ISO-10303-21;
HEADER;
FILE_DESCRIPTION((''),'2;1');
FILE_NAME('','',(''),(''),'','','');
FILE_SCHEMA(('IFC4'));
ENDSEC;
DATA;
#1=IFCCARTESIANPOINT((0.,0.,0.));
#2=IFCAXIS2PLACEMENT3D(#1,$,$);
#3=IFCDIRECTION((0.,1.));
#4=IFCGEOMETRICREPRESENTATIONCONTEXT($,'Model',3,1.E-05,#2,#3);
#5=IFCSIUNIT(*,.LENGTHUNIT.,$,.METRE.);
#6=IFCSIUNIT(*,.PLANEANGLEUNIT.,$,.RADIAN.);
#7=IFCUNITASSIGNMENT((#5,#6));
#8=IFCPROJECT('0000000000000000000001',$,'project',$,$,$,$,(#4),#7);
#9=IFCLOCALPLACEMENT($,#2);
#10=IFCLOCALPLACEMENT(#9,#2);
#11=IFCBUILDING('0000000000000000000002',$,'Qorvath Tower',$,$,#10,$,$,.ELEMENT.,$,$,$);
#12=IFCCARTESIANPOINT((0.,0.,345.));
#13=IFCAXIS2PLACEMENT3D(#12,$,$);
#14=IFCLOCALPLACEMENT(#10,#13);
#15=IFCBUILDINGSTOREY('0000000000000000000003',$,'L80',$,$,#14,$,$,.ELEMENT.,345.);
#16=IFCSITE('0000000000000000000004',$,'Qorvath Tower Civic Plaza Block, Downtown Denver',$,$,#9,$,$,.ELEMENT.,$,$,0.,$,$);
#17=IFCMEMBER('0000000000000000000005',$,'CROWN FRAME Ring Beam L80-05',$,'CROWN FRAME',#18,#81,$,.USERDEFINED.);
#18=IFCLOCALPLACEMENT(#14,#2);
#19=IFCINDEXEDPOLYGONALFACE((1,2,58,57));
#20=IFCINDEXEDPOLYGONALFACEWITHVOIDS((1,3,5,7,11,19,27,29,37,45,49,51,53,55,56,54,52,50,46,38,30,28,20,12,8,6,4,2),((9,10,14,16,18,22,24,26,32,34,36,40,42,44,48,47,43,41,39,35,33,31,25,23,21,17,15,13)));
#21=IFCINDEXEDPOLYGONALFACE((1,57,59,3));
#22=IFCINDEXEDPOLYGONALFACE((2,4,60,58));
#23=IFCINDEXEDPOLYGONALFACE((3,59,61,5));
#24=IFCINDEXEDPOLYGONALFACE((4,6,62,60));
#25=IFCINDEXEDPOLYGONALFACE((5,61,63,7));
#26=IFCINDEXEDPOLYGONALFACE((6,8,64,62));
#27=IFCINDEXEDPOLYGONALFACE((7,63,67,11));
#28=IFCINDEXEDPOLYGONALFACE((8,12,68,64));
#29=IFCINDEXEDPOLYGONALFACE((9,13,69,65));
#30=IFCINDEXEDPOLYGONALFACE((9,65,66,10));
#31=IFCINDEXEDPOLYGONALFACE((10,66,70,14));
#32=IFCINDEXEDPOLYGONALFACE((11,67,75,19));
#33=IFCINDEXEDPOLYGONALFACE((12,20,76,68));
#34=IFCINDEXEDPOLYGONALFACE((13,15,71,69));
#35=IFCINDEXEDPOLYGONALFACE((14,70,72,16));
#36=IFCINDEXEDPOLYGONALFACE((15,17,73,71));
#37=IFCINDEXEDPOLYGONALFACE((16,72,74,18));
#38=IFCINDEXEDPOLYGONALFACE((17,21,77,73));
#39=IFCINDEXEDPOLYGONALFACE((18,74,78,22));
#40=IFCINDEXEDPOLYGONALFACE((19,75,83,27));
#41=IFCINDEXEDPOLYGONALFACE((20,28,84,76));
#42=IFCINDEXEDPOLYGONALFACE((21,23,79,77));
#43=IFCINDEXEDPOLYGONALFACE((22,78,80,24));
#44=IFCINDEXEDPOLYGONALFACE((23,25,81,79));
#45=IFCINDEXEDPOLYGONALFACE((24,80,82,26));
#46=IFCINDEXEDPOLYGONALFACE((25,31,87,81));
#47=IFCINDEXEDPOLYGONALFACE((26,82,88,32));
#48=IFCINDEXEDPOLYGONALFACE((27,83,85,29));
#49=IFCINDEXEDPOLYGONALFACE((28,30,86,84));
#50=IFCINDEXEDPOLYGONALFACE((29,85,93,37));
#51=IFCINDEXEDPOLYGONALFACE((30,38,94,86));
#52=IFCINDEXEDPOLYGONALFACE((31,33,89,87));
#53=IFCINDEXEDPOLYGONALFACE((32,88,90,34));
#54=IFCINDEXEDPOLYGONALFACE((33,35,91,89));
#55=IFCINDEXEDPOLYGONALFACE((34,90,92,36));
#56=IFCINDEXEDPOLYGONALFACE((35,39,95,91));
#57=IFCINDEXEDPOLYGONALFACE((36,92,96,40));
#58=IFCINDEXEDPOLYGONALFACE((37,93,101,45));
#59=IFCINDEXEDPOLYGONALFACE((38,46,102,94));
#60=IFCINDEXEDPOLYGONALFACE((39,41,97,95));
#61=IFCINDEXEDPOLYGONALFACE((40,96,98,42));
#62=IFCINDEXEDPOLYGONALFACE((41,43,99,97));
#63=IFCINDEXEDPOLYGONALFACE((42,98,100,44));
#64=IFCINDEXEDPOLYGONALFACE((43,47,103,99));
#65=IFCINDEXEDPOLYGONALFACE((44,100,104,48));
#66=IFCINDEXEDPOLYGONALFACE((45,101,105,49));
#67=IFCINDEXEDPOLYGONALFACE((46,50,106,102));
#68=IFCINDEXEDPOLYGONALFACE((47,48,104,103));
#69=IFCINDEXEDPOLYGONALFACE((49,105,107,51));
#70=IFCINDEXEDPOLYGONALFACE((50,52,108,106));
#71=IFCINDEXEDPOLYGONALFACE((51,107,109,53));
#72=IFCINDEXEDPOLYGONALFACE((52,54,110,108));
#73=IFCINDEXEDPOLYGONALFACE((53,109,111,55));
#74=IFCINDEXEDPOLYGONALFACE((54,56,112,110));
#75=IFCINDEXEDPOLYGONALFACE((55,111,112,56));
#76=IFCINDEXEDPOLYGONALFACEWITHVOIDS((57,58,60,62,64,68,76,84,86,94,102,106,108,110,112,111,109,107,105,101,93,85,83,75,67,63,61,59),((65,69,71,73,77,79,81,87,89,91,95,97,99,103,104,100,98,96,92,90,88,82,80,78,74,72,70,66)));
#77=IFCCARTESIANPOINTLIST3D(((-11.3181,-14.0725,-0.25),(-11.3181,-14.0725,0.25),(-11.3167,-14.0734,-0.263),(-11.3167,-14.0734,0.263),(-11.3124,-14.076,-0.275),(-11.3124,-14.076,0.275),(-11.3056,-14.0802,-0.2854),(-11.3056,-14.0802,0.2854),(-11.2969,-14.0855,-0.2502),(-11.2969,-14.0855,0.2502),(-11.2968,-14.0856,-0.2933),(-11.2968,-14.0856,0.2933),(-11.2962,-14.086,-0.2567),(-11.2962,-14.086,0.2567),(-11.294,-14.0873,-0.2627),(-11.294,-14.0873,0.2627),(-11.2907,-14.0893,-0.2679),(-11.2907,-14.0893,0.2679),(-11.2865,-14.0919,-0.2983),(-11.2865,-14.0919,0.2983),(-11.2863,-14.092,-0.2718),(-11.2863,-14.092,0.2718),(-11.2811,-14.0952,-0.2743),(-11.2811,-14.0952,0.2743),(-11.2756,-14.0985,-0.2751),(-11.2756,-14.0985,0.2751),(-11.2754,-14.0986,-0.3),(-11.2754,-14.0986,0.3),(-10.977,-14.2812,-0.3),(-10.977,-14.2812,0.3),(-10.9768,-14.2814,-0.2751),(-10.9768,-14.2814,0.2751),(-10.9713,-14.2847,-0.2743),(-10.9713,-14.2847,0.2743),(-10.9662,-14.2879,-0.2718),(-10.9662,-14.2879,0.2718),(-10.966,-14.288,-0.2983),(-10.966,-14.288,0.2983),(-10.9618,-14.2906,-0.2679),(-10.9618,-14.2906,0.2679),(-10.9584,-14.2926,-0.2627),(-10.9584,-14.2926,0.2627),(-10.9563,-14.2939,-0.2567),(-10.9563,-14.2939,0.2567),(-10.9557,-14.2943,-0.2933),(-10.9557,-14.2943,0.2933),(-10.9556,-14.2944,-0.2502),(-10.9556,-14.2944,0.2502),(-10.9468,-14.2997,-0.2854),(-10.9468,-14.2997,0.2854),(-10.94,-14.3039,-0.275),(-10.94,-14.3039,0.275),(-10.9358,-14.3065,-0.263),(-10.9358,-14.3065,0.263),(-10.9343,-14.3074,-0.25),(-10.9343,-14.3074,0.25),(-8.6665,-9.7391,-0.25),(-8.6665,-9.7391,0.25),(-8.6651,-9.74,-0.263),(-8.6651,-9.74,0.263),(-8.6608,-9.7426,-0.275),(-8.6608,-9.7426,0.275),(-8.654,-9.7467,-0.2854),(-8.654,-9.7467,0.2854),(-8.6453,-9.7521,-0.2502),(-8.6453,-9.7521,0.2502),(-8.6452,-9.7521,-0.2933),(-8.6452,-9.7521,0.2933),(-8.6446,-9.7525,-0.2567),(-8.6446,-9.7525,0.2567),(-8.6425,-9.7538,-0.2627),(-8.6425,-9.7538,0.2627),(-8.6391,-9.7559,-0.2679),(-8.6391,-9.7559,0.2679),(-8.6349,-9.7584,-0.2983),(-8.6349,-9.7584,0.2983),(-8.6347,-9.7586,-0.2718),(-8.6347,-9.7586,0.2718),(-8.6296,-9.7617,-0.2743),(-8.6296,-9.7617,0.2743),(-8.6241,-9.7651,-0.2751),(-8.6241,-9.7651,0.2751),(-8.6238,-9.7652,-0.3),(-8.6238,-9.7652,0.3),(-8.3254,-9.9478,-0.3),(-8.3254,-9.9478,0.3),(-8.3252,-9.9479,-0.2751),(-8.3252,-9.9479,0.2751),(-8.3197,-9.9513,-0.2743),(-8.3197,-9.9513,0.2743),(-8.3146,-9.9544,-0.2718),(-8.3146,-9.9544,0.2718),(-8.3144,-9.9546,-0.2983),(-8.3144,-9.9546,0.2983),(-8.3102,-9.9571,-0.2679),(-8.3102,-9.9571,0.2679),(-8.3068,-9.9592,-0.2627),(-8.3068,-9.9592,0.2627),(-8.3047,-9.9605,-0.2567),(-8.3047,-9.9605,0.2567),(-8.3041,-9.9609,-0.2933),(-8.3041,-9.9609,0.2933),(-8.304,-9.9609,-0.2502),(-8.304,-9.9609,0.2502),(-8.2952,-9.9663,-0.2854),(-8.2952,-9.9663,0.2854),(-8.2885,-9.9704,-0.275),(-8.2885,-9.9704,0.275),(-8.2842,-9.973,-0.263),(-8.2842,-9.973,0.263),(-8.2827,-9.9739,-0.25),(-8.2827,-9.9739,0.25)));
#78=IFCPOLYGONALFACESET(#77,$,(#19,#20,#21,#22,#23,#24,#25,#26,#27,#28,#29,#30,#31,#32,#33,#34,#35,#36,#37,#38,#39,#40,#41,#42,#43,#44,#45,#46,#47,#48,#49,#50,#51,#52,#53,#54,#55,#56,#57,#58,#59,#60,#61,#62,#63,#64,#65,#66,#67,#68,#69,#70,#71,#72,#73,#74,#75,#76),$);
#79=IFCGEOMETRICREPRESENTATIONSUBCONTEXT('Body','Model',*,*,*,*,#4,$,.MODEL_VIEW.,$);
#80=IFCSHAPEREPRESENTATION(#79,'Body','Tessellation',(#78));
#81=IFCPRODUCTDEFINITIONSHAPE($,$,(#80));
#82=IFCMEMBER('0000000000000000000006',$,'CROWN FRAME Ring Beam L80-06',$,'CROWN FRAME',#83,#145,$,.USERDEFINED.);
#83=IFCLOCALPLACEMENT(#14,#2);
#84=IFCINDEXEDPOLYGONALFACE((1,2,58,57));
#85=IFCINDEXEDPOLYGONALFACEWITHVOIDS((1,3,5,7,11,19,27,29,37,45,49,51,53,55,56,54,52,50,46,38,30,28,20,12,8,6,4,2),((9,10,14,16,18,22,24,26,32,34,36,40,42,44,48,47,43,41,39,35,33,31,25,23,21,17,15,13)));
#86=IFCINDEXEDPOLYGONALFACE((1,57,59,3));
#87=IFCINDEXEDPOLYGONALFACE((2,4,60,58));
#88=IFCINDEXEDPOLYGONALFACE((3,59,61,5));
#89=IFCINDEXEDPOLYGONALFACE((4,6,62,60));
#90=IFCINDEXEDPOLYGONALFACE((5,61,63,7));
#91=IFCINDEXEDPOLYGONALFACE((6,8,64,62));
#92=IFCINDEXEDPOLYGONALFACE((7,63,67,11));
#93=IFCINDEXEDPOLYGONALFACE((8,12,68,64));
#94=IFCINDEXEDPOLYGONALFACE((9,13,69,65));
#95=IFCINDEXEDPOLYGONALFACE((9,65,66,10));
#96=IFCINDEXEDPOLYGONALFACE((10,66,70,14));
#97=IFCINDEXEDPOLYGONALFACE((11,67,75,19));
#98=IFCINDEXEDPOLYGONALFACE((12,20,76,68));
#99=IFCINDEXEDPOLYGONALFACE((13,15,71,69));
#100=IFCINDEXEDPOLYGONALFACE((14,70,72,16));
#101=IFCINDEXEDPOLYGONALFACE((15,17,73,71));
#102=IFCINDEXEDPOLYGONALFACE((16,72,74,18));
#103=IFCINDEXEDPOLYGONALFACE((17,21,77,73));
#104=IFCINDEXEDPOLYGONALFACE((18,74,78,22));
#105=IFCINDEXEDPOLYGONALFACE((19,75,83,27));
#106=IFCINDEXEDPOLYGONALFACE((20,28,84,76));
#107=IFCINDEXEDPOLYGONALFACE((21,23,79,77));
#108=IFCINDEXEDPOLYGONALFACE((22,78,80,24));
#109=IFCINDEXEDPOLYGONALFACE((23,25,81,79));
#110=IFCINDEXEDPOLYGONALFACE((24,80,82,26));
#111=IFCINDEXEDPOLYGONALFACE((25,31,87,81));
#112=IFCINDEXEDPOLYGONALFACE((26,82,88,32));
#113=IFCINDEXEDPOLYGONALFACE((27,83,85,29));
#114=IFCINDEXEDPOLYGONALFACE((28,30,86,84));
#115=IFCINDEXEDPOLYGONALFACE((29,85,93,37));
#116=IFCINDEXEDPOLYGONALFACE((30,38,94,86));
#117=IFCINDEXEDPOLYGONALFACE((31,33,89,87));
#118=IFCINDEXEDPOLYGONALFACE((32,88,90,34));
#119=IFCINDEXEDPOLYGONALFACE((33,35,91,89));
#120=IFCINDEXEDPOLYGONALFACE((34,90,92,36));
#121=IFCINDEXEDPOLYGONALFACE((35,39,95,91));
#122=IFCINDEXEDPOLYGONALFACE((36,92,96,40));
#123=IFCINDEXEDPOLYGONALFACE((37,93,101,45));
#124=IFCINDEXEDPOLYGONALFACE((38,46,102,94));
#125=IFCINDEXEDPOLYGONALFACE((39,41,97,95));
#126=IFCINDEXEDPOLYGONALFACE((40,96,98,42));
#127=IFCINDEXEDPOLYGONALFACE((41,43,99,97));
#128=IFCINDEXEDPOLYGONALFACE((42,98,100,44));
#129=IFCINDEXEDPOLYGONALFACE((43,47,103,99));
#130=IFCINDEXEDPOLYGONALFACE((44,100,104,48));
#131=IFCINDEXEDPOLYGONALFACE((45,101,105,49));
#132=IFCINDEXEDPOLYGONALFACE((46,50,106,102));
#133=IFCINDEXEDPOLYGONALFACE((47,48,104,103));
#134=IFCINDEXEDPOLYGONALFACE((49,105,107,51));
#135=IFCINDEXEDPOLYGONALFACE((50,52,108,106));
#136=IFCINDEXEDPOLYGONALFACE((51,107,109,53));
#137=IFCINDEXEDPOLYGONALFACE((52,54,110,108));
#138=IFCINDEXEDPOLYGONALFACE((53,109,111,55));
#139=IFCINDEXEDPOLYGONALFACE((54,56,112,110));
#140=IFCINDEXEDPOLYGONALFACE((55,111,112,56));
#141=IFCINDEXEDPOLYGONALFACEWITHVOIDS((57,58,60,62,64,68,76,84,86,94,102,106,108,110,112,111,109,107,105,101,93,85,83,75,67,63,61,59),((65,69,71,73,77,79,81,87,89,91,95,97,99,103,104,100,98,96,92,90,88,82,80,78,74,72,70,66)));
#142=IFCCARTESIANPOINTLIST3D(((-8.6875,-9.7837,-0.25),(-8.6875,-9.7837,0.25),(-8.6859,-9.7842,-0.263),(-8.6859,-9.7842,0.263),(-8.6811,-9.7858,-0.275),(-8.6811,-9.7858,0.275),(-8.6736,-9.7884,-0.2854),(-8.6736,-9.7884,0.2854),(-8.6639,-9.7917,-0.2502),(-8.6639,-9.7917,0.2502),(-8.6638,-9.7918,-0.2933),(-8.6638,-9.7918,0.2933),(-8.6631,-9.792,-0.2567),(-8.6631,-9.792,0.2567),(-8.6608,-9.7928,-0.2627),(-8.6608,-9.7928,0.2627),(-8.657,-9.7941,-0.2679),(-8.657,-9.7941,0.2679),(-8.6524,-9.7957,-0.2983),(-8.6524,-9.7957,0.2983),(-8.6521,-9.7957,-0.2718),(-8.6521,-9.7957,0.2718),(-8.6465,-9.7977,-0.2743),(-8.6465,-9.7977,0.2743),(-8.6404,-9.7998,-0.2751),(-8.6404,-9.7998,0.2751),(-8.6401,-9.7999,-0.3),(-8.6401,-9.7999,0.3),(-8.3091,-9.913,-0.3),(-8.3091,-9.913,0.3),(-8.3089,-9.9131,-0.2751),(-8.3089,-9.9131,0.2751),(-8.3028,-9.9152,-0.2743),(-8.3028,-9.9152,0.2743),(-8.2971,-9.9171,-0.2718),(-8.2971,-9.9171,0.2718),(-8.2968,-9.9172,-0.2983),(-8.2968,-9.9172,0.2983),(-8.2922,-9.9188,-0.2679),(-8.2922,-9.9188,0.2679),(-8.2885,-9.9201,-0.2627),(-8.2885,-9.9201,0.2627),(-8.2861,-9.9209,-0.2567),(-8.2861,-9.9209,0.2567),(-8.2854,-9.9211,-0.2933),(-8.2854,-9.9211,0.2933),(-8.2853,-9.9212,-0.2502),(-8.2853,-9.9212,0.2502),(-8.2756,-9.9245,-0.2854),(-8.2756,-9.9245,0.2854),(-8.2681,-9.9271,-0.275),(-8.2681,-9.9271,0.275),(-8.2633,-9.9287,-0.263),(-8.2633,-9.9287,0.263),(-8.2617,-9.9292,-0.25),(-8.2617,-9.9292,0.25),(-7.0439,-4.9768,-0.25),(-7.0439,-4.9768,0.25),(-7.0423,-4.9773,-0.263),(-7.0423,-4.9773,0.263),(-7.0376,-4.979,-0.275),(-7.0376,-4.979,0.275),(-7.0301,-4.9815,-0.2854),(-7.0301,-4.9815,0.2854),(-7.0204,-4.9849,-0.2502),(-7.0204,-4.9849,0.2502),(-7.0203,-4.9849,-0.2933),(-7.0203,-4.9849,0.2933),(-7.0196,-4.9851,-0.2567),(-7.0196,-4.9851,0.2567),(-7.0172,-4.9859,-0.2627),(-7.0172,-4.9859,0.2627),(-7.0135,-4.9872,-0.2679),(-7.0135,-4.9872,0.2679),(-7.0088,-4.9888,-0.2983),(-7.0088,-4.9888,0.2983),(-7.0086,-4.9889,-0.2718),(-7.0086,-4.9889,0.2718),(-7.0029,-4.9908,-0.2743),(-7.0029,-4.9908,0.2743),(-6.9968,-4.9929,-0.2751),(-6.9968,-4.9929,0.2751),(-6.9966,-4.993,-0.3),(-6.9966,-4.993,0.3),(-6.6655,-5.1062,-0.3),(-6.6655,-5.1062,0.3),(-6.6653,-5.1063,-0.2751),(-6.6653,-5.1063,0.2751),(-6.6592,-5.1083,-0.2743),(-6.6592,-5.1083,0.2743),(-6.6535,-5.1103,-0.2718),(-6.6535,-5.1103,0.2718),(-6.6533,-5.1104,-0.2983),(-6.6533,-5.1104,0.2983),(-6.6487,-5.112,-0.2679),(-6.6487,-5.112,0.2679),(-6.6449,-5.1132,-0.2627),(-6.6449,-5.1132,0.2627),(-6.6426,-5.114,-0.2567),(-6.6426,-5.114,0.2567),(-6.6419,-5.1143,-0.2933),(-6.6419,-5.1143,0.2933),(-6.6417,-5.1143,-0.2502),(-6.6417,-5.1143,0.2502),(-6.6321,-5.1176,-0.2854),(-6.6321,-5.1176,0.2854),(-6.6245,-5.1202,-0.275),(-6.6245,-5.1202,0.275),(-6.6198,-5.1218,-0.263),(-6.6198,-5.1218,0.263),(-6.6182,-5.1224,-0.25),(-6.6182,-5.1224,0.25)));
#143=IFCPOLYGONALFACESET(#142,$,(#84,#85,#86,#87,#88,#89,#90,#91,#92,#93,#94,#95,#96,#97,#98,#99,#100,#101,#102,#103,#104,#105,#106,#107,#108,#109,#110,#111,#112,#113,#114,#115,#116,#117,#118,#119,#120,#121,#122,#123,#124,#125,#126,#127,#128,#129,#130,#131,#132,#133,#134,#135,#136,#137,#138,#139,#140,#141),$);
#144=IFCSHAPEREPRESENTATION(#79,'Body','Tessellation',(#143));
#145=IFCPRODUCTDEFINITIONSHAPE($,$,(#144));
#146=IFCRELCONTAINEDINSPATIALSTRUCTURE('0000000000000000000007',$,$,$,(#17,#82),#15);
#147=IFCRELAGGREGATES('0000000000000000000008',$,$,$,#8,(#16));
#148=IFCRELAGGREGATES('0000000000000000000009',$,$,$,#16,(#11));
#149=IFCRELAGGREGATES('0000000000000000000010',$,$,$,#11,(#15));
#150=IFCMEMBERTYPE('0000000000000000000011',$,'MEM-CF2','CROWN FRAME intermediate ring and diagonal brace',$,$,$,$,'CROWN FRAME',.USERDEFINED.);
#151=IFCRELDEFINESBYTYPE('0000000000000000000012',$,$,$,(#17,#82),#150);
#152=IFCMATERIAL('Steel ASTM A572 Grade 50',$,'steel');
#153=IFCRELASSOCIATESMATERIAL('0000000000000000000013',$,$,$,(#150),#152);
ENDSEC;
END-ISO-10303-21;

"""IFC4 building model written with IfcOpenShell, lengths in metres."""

from ifc_helpers import new_model, si_unit, direction, frame, origin, origin_2d, place, context, subcontext, project, spatial, hollow_rectangle, extrude, material, material_profile, profile_set, type_object, element, save


model = new_model("IFC4")

# Units and contexts
model_context = context("Model", 3, precision=1e-05, world=origin(), true_north=direction((0.0, 1.0)))
body_context = subcontext(model_context, "Body", "Model", "MODEL_VIEW")
ifc_project = project(units=[si_unit("LENGTHUNIT", "METRE"), si_unit("PLANEANGLEUNIT", "RADIAN")], contexts=[model_context])

# Site, building, storey
site_placement = place(None, origin())
site = spatial("IfcSite", under=ifc_project, at=site_placement, Name="Qorvath Tower Civic Plaza Block, Downtown Denver", CompositionType="ELEMENT", RefElevation=0.0)
building_placement = place(site_placement, origin())
building = spatial("IfcBuilding", under=site, at=building_placement, Name="Qorvath Tower", CompositionType="ELEMENT")
storey_placement = place(building_placement, frame((0.0, 0.0, 345.0)))
storey = spatial("IfcBuildingStorey", under=building, at=storey_placement, Name="L80", CompositionType="ELEMENT", Elevation=345.0)

# Members
ifc_material_1 = material(Name="Steel ASTM A572 Grade 50", Category="steel")
ifc_material_profile_1 = material_profile(ifc_material_1, hollow_rectangle(XDim=0.45, YDim=0.6001, WallThickness=0.0249, InnerFilletRadius=0.0249, OuterFilletRadius=0.05, at=origin_2d()), Name="CROWN BOX 600x450x25")
ifc_profile_set_1 = profile_set([ifc_material_profile_1], Name="Steel ASTM A572 Grade 50")
member_type_1 = type_object("IfcMemberType", Name="MEM-CF2", Description="CROWN FRAME intermediate ring and diagonal brace", ElementType="CROWN FRAME", PredefinedType="USERDEFINED", material=ifc_profile_set_1)
member_1_placement = place(storey_placement, frame((-11.1262, -14.1899, 0.0), z_axis=(0.521932, 0.852987, 0.0), x_axis=(-0.852987, 0.521932, 0.0)))
element("IfcMember", 1, at=member_1_placement, inside=storey, type_object=member_type_1, Name="CROWN FRAME Ring Beam L80-05", ObjectType="CROWN FRAME", PredefinedType="USERDEFINED", context=body_context, shape_type="SweptSolid", body=[
    extrude(hollow_rectangle(XDim=0.45, YDim=0.6001, WallThickness=0.0249, InnerFilletRadius=0.0249, OuterFilletRadius=0.05, at=origin_2d()), origin(), (0.0, 0.0, 1.0), 5.0803),
])
for number, where, z_axis, x_axis, name in (
    (2, (-8.4746, -9.8564, 0.0), (0.323528, 0.946219, 0.0), (-0.946219, 0.323528, 0.0), "CROWN FRAME Ring Beam L80-06"),
):
    element("IfcMember", number, at=place(storey_placement, frame(where, z_axis=z_axis, x_axis=x_axis)), inside=storey, type_object=member_type_1, Name=name, ObjectType="CROWN FRAME", PredefinedType="USERDEFINED", context=body_context, shape_type="SweptSolid", body=[
        extrude(hollow_rectangle(XDim=0.45, YDim=0.6001, WallThickness=0.0249, InnerFilletRadius=0.0249, OuterFilletRadius=0.05, at=origin_2d()), origin(), (0.0, 0.0, 1.0), 5.0801),
    ])

save(model, "model.ifc")
